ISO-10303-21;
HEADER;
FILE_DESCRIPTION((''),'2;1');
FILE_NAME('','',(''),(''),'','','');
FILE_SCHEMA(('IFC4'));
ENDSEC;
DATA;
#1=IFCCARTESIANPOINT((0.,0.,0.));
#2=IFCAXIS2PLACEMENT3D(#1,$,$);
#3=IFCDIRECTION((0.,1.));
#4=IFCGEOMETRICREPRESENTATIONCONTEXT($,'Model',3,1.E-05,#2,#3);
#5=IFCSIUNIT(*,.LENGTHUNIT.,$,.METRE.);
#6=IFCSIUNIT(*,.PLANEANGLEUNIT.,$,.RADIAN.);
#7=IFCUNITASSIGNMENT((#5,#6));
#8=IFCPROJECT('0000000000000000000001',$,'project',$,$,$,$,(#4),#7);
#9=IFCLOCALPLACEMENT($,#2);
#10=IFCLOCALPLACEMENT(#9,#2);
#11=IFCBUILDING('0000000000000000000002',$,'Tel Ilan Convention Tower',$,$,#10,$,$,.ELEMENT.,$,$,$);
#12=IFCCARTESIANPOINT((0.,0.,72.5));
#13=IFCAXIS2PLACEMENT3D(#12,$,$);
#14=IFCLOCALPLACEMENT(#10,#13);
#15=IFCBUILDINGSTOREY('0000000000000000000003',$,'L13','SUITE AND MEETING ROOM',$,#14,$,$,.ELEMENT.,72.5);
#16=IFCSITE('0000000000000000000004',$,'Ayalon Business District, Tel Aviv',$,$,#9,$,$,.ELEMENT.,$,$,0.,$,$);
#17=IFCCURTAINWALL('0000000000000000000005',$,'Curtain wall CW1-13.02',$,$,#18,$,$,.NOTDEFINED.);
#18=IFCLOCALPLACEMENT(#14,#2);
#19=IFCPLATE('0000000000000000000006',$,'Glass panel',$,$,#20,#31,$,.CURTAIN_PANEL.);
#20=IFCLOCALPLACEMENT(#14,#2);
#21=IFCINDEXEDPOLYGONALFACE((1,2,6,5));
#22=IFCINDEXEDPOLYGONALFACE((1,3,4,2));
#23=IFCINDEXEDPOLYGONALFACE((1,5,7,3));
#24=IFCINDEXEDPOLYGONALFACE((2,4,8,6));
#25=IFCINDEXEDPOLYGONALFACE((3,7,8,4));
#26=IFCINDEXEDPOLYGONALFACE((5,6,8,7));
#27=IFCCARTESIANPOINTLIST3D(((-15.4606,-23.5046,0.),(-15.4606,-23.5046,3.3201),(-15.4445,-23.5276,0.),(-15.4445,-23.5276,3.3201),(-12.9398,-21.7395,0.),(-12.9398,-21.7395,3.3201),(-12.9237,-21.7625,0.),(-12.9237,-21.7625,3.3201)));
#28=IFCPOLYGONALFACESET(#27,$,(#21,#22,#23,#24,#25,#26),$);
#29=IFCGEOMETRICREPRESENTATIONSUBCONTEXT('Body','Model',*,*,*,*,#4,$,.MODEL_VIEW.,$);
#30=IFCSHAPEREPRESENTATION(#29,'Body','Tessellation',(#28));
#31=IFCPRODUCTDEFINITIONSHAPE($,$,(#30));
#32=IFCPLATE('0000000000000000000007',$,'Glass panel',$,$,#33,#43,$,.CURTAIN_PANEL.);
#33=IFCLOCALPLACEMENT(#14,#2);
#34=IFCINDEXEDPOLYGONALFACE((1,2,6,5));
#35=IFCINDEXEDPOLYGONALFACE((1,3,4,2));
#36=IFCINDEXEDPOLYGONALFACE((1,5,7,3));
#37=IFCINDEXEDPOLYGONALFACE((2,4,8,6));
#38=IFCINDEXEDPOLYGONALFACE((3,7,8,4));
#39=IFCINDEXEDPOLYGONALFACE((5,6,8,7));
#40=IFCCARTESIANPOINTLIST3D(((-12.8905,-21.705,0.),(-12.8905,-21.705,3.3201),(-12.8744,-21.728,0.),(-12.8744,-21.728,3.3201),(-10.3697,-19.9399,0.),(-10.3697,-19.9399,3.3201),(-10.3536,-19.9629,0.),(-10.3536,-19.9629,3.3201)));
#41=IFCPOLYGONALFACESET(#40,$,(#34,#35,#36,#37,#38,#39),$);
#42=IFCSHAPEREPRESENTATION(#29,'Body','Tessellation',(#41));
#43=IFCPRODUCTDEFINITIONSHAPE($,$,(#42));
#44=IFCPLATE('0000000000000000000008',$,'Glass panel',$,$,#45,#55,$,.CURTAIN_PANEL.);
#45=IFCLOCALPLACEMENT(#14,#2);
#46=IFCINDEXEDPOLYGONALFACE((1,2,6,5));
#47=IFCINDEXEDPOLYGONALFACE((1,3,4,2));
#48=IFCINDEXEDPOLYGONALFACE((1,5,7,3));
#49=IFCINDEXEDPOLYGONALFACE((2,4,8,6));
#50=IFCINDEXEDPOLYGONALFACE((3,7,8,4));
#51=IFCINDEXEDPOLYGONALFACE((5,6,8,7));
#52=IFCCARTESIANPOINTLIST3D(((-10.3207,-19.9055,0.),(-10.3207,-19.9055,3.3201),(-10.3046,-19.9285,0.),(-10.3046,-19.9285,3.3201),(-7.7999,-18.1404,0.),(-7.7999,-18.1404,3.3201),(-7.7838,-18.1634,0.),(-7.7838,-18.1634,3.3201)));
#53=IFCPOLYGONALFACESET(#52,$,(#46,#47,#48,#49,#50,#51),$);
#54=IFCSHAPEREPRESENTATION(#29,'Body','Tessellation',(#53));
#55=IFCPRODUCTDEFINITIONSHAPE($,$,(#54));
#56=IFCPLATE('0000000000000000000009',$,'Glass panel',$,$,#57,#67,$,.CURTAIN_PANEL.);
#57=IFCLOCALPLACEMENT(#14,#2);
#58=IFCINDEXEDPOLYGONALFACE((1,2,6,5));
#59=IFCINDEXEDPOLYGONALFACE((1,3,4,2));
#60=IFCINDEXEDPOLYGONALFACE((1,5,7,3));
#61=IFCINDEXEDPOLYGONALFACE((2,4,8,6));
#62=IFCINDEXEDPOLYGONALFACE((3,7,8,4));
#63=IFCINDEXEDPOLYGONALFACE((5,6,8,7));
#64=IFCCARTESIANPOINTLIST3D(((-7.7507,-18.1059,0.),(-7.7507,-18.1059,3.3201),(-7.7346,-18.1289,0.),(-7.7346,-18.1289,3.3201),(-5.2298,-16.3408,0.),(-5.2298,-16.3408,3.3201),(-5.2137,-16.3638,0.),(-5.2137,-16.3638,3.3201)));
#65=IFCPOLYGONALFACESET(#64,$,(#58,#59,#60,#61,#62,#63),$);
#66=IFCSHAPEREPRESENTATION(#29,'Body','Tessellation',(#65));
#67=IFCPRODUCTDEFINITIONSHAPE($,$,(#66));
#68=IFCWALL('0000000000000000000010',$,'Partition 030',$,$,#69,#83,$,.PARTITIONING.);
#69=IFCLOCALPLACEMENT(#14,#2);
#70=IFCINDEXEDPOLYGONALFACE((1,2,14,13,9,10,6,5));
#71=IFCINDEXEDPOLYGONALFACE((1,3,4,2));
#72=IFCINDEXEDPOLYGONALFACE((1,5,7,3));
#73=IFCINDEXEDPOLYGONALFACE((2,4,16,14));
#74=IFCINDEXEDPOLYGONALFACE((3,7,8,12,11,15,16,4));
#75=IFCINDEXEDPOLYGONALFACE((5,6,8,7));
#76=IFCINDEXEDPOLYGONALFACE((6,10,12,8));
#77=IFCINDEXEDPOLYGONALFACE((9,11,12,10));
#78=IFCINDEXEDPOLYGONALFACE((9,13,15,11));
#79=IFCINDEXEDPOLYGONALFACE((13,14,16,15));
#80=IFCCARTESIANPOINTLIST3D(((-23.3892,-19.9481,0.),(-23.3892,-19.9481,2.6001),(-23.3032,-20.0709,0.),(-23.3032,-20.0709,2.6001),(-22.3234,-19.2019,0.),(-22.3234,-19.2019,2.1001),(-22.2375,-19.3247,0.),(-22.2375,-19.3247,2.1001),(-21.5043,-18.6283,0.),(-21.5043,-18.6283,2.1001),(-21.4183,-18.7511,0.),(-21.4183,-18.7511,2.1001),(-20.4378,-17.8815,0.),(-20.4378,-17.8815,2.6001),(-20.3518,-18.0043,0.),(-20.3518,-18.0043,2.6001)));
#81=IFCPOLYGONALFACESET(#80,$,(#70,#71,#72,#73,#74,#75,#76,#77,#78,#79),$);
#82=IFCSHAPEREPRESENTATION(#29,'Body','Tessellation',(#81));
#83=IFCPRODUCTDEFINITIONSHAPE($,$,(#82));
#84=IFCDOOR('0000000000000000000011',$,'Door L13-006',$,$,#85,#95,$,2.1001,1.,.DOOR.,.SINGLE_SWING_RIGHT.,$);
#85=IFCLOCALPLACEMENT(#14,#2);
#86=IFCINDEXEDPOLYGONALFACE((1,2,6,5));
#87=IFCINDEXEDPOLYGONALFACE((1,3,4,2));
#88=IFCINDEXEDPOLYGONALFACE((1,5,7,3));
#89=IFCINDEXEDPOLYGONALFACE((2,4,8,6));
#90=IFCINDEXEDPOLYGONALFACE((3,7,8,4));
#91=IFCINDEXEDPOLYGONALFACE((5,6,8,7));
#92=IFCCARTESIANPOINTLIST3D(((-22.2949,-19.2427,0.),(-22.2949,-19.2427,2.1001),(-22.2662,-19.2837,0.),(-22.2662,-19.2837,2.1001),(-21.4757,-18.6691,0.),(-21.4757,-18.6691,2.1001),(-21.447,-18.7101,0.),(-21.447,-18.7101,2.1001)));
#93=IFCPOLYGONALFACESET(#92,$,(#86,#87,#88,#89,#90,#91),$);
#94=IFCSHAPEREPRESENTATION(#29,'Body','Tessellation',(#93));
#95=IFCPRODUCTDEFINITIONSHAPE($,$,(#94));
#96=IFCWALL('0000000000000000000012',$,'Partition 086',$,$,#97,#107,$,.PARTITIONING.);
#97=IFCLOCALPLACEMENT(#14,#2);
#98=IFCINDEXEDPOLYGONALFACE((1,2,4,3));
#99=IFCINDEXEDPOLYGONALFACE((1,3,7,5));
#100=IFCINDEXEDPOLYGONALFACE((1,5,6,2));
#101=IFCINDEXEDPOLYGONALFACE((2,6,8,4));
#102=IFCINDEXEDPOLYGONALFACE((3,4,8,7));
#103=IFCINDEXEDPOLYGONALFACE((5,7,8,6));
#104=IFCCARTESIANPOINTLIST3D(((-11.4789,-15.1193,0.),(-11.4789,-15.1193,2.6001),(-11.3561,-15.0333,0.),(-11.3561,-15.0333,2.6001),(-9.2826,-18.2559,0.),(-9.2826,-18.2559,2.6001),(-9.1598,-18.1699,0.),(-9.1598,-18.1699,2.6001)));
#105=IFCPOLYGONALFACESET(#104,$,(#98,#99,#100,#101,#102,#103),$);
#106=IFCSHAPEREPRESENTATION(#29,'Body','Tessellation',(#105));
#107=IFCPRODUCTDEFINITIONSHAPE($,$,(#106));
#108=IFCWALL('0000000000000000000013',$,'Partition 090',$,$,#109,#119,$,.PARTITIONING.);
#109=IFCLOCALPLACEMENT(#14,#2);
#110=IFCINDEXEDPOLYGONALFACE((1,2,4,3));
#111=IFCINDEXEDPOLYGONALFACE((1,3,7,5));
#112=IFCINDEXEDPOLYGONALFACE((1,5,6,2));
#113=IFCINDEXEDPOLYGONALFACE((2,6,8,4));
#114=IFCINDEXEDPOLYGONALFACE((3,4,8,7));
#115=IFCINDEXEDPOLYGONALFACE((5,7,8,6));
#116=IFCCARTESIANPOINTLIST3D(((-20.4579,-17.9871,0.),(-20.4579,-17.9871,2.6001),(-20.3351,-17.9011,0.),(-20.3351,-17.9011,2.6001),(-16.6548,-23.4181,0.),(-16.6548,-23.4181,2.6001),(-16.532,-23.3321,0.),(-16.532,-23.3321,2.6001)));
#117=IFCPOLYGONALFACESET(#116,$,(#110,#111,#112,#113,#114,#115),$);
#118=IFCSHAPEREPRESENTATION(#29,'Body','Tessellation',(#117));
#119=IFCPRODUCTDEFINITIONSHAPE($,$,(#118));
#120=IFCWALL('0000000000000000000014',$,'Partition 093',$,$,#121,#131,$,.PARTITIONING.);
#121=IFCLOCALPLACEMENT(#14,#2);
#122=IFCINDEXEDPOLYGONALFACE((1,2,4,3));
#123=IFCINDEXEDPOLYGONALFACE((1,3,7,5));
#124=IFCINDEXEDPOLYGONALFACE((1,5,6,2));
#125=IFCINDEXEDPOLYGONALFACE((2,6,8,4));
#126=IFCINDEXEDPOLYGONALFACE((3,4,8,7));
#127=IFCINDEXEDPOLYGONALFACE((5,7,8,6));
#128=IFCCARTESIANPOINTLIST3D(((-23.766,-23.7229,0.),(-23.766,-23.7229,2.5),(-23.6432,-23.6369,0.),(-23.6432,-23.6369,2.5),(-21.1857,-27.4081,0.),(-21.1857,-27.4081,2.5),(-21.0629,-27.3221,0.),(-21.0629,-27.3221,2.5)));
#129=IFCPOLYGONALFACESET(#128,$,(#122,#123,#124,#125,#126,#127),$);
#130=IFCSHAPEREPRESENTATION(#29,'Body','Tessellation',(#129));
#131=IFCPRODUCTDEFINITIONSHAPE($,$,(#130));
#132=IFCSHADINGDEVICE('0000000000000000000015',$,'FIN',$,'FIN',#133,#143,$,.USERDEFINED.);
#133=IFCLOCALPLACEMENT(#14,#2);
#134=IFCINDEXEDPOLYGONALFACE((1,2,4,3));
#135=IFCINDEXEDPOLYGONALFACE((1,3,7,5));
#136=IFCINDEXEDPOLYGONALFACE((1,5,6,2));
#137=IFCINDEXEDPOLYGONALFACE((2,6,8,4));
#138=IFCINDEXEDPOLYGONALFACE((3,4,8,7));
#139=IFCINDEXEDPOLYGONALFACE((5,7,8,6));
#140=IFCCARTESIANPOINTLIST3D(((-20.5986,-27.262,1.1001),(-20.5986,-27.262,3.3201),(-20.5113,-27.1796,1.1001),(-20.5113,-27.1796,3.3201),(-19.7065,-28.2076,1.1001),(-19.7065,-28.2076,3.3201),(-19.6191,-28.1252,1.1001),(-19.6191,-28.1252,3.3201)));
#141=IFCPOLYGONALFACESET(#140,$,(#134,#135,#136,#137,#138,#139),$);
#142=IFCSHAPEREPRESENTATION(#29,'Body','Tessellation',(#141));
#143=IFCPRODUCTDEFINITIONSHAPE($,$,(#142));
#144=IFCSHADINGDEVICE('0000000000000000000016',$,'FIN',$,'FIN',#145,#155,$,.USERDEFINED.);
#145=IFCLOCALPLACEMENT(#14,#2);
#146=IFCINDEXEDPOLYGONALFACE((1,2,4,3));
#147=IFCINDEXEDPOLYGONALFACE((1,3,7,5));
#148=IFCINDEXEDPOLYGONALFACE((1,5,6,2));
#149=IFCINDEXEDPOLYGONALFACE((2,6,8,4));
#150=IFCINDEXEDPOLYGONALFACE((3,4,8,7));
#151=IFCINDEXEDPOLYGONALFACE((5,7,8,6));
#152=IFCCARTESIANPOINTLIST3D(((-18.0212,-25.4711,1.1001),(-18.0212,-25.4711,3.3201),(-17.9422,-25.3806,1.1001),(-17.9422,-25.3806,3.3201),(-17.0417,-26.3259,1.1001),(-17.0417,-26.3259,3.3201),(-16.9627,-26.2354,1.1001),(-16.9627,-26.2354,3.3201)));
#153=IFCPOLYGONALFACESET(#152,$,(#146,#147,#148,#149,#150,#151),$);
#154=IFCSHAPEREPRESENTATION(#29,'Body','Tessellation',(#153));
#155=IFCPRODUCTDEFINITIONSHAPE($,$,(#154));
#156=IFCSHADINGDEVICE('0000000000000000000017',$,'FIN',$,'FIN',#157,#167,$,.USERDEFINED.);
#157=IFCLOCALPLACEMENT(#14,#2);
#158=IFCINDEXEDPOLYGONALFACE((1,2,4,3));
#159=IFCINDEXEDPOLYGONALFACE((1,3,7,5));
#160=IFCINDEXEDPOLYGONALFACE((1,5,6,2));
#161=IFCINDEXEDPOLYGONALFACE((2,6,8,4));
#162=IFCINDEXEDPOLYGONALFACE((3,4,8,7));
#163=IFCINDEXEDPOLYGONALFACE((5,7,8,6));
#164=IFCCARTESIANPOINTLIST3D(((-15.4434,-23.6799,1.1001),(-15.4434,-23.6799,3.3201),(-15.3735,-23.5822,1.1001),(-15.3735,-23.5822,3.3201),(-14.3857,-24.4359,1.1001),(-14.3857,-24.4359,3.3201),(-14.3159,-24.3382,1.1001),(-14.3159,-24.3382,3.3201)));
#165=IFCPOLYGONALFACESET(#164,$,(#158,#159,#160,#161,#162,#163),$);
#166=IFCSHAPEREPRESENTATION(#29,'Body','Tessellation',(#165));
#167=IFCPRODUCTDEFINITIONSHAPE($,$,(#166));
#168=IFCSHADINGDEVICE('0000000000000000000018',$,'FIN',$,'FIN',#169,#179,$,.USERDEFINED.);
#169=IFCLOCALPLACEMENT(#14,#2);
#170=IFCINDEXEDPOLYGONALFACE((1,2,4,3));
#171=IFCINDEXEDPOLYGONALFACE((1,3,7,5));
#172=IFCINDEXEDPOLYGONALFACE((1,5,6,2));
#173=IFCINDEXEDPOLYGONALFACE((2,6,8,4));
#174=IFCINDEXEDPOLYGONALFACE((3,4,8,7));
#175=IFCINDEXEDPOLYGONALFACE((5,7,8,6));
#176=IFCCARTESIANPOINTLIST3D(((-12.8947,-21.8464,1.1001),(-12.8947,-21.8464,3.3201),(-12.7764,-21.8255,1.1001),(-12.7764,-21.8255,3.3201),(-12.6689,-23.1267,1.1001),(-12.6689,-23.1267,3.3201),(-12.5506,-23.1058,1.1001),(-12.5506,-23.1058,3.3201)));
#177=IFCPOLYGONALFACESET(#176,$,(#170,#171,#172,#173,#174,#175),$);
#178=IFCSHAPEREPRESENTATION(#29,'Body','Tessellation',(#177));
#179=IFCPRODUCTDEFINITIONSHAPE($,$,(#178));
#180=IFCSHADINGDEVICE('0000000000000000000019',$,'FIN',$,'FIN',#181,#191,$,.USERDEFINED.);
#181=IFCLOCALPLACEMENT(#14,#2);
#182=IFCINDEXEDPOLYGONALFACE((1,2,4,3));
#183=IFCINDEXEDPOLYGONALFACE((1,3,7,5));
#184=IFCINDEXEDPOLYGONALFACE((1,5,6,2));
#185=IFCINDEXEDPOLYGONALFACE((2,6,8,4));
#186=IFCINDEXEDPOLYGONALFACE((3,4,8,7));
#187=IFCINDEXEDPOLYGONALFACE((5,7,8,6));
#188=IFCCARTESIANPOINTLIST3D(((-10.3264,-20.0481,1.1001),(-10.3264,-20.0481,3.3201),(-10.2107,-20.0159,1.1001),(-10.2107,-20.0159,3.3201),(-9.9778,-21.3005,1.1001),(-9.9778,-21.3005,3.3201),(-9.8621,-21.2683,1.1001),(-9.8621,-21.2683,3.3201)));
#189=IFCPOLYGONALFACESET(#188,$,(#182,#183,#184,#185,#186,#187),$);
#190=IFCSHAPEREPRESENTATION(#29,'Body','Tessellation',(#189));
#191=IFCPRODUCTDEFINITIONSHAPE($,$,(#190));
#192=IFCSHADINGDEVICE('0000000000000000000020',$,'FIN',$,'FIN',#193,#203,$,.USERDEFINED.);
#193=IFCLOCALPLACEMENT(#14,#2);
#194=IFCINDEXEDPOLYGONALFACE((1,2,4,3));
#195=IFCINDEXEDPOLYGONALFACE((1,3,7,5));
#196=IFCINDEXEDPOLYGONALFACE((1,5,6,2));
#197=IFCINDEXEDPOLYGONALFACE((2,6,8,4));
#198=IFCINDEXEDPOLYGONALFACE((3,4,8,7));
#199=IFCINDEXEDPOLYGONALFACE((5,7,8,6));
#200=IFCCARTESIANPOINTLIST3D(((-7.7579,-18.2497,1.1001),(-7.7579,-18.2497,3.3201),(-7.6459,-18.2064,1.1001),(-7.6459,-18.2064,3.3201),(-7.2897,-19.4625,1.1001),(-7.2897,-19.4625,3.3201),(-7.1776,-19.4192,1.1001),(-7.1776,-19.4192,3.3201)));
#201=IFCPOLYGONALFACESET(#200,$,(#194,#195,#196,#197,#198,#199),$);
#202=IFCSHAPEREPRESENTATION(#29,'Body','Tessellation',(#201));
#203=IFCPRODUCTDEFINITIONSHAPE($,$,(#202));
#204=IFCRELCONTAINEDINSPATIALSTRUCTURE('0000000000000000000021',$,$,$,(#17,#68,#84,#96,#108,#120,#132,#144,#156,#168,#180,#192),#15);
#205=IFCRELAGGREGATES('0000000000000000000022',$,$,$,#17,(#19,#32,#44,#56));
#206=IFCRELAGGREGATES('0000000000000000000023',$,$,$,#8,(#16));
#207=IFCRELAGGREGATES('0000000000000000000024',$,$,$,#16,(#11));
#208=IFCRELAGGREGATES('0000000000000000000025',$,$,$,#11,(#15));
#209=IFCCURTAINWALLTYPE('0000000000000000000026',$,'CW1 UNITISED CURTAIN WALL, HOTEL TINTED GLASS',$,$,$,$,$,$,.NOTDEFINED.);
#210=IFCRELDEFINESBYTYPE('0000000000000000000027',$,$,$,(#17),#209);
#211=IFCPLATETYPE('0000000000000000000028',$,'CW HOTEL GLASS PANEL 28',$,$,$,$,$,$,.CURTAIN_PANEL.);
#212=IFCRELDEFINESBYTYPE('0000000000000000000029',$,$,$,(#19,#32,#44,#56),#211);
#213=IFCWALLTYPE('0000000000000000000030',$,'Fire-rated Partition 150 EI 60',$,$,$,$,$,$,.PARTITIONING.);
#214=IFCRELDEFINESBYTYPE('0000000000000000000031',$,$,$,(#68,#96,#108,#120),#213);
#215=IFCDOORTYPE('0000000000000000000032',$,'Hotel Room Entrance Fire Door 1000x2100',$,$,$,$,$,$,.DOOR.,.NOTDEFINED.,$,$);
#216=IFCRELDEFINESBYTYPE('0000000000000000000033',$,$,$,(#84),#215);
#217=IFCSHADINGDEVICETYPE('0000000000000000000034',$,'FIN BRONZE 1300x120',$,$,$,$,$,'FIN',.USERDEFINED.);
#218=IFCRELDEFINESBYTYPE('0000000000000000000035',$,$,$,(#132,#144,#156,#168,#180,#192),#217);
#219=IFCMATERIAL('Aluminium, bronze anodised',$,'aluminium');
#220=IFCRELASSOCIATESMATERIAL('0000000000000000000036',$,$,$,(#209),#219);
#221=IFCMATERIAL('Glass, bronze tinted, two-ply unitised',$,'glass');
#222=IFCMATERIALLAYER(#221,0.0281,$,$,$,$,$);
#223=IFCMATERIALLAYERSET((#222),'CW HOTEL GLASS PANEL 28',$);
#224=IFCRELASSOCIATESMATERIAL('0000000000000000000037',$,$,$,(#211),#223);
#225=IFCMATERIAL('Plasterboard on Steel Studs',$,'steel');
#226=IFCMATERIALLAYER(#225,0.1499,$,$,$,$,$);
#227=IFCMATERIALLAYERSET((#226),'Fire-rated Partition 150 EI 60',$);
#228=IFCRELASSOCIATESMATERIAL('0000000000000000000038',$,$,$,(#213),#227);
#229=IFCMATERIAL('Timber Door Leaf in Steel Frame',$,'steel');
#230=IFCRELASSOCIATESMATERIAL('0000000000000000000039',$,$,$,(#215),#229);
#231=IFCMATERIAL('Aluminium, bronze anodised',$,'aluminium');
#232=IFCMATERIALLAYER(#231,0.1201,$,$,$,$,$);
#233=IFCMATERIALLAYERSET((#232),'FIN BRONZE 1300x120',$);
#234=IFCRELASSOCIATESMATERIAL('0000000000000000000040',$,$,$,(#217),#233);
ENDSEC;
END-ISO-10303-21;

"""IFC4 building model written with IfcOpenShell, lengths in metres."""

from ifc_helpers import new_model, si_unit, direction, frame, frame_2d, origin, origin_2d, place, context, subcontext, project, spatial, rectangle, extrude, material, layer, layer_set, type_object, element, fill, aggregate, save


model = new_model("IFC4")

# Units and contexts
model_context = context("Model", 3, precision=1e-05, world=origin(), true_north=direction((0.0, 1.0)))
body_context = subcontext(model_context, "Body", "Model", "MODEL_VIEW")
ifc_project = project(units=[si_unit("LENGTHUNIT", "METRE"), si_unit("PLANEANGLEUNIT", "RADIAN")], contexts=[model_context])

# Site, building, storey
site_placement = place(None, origin())
site = spatial("IfcSite", under=ifc_project, at=site_placement, Name="Ayalon Business District, Tel Aviv", CompositionType="ELEMENT", RefElevation=0.0)
building_placement = place(site_placement, origin())
building = spatial("IfcBuilding", under=site, at=building_placement, Name="Tel Ilan Convention Tower", CompositionType="ELEMENT")
storey_placement = place(building_placement, frame((0.0, 0.0, 72.5)))
storey = spatial("IfcBuildingStorey", under=building, at=storey_placement, Name="L13", Description="SUITE AND MEETING ROOM", CompositionType="ELEMENT", Elevation=72.5)

# Curtain wall, plates
ifc_material_1 = material(Name="Aluminium, bronze anodised", Category="aluminium")
curtain_wall_type = type_object("IfcCurtainWallType", Name="CW1 UNITISED CURTAIN WALL, HOTEL TINTED GLASS", PredefinedType="NOTDEFINED", material=ifc_material_1)
curtain_wall_placement = place(storey_placement, origin())
curtain_wall = element("IfcCurtainWall", 1, at=curtain_wall_placement, inside=storey, type_object=curtain_wall_type, Name="Curtain wall CW1-13.02", PredefinedType="NOTDEFINED")
ifc_material_2 = material(Name="Glass, bronze tinted, two-ply unitised", Category="glass")
ifc_layer_1 = layer(ifc_material_2, 0.0281)
ifc_layer_set_1 = layer_set([ifc_layer_1], Name="CW HOTEL GLASS PANEL 28")
plate_type = type_object("IfcPlateType", Name="CW HOTEL GLASS PANEL 28", PredefinedType="CURTAIN_PANEL", material=ifc_layer_set_1)
plate_1_placement = place(storey_placement, frame((-14.1921, -22.6335, 0.0), z_axis=(0.0, 0.0, 1.0), x_axis=(0.819152, 0.573576, 0.0)))
plate_1 = element("IfcPlate", 2, at=plate_1_placement, type_object=plate_type, Name="Glass panel", PredefinedType="CURTAIN_PANEL", context=body_context, shape_type="SweptSolid", body=[
    extrude(rectangle(XDim=3.0774, YDim=0.0281, at=origin_2d()), origin(), (0.0, 0.0, 1.0), 3.3201),
])
plate_2_placement = place(storey_placement, frame((-11.6221, -20.834, 0.0), z_axis=(0.0, 0.0, 1.0), x_axis=(0.819152, 0.573576, 0.0)))
plate_2 = element("IfcPlate", 3, at=plate_2_placement, type_object=plate_type, Name="Glass panel", PredefinedType="CURTAIN_PANEL", context=body_context, shape_type="SweptSolid", body=[
    extrude(rectangle(XDim=3.0774, YDim=0.0281, at=origin_2d()), origin(), (0.0, 0.0, 1.0), 3.3201),
])
plate_3_placement = place(storey_placement, frame((-9.0522, -19.0344, 0.0), z_axis=(0.0, 0.0, 1.0), x_axis=(0.819152, 0.573576, 0.0)))
plate_3 = element("IfcPlate", 4, at=plate_3_placement, type_object=plate_type, Name="Glass panel", PredefinedType="CURTAIN_PANEL", context=body_context, shape_type="SweptSolid", body=[
    extrude(rectangle(XDim=3.0774, YDim=0.0281, at=origin_2d()), origin(), (0.0, 0.0, 1.0), 3.3201),
])
plate_4_placement = place(storey_placement, frame((-6.4822, -17.2349, 0.0), z_axis=(0.0, 0.0, 1.0), x_axis=(0.819152, 0.573576, 0.0)))
plate_4 = element("IfcPlate", 5, at=plate_4_placement, type_object=plate_type, Name="Glass panel", PredefinedType="CURTAIN_PANEL", context=body_context, shape_type="SweptSolid", body=[
    extrude(rectangle(XDim=3.0774, YDim=0.0281, at=origin_2d()), origin(), (0.0, 0.0, 1.0), 3.3201),
])
aggregate(curtain_wall, [plate_1, plate_2, plate_3, plate_4])

# Wall, opening, door
ifc_material_3 = material(Name="Plasterboard on Steel Studs", Category="steel")
ifc_layer_2 = layer(ifc_material_3, 0.1499)
ifc_layer_set_2 = layer_set([ifc_layer_2], Name="Fire-rated Partition 150 EI 60")
wall_type = type_object("IfcWallType", Name="Fire-rated Partition 150 EI 60", PredefinedType="PARTITIONING", material=ifc_layer_set_2)
wall_1_placement = place(storey_placement, frame((-20.3948, -17.9429, 0.0), z_axis=(0.0, 0.0, 1.0), x_axis=(-0.819146, -0.573585, 0.0)))
wall_1 = element("IfcWall", 6, at=wall_1_placement, inside=storey, type_object=wall_type, Name="Partition 030", PredefinedType="PARTITIONING", context=body_context, shape_type="SweptSolid", body=[
    extrude(rectangle(XDim=3.603, YDim=0.1499, at=frame_2d((1.8015, 0.0))), origin(), (0.0, 0.0, 1.0), 2.6001),
])
opening_placement = place(wall_1_placement, frame((1.302, 0.0, 0.0)))
opening = element("IfcOpeningElement", 7, at=opening_placement, cuts=wall_1, PredefinedType="OPENING", context=body_context, shape_type="SweptSolid", body=[
    extrude(rectangle(XDim=1.0, YDim=2.1001, at=frame_2d((0.5, 1.05))), frame((0.0, 0.085, 0.0), z_axis=(0.0, -1.0, 0.0), x_axis=(1.0, 0.0, 0.0)), (0.0, 0.0, 1.0), 0.1699),
])
ifc_material_4 = material(Name="Timber Door Leaf in Steel Frame", Category="steel")
door_type = type_object("IfcDoorType", Name="Hotel Room Entrance Fire Door 1000x2100", OperationType="NOTDEFINED", PredefinedType="DOOR", material=ifc_material_4)
door_placement = place(opening_placement, origin())
door = element("IfcDoor", 8, at=door_placement, inside=storey, type_object=door_type, Name="Door L13-006", OperationType="SINGLE_SWING_RIGHT", OverallHeight=2.1001, OverallWidth=1.0, PredefinedType="DOOR", context=body_context, shape_type="SweptSolid", body=[
    extrude(rectangle(XDim=1.0, YDim=2.1001, at=frame_2d((0.5, 1.05))), frame((0.0, 0.0249, 0.0), z_axis=(0.0, -1.0, 0.0), x_axis=(1.0, 0.0, 0.0)), (0.0, 0.0, 1.0), 0.05),
])
fill(opening, door)

# Walls
wall_2_placement = place(storey_placement, frame((-9.2212, -18.2129, 0.0), z_axis=(0.0, 0.0, 1.0), x_axis=(-0.573595, 0.819139, 0.0)))
element("IfcWall", 9, at=wall_2_placement, inside=storey, type_object=wall_type, Name="Partition 086", PredefinedType="PARTITIONING", context=body_context, shape_type="SweptSolid", body=[
    extrude(rectangle(XDim=3.8291, YDim=0.1499, at=frame_2d((1.9146, 0.0))), origin(), (0.0, 0.0, 1.0), 2.6001),
])
wall_3_placement = place(storey_placement, frame((-16.5935, -23.375, 0.0), z_axis=(0.0, 0.0, 1.0), x_axis=(-0.573598, 0.819137, 0.0)))
element("IfcWall", 10, at=wall_3_placement, inside=storey, type_object=wall_type, Name="Partition 090", PredefinedType="PARTITIONING", context=body_context, shape_type="SweptSolid", body=[
    extrude(rectangle(XDim=6.6301, YDim=0.1499, at=frame_2d((3.3149, 0.0))), origin(), (0.0, 0.0, 1.0), 2.6001),
])
wall_4_placement = place(storey_placement, frame((-21.1243, -27.3652, 0.0), z_axis=(0.0, 0.0, 1.0), x_axis=(-0.573553, 0.819168, 0.0)))
element("IfcWall", 11, at=wall_4_placement, inside=storey, type_object=wall_type, Name="Partition 093", PredefinedType="PARTITIONING", context=body_context, shape_type="SweptSolid", body=[
    extrude(rectangle(XDim=4.4988, YDim=0.1499, at=frame_2d((2.2495, 0.0))), origin(), (0.0, 0.0, 1.0), 2.5),
])

# Shading devices
ifc_material_5 = material(Name="Aluminium, bronze anodised", Category="aluminium")
ifc_layer_3 = layer(ifc_material_5, 0.1201)
ifc_layer_set_3 = layer_set([ifc_layer_3], Name="FIN BRONZE 1300x120")
shading_device_type = type_object("IfcShadingDeviceType", Name="FIN BRONZE 1300x120", ElementType="FIN", PredefinedType="USERDEFINED", material=ifc_layer_set_3)
for number, where, z_axis, x_axis, name in (
    (12, (-20.1089, -27.6936, 1.1001), (0.0, 0.0, 1.0), (0.686242, -0.727374, 0.0), "FIN"),
    (13, (-17.4919, -25.8533, 1.1001), (0.0, 0.0, 1.0), (0.753436, -0.657521, 0.0), "FIN"),
    (14, (-14.8796, -24.009, 1.1001), (0.0, 0.0, 1.0), (0.813552, -0.581492, 0.0), "FIN"),
    (15, (-12.7227, -22.4761, 1.1001), (0.0, 0.0, 1.0), (0.173648, -0.984808, 0.0), "FIN"),
    (16, (-10.0942, -20.6582, 1.1001), (0.0, 0.0, 1.0), (0.268173, -0.963371, 0.0), "FIN"),
    (17, (-7.4678, -18.8345, 1.1001), (0.0, 0.0, 1.0), (0.360178, -0.932884, 0.0), "FIN"),
):
    element("IfcShadingDevice", number, at=place(storey_placement, frame(where, z_axis=z_axis, x_axis=x_axis)), inside=storey, type_object=shading_device_type, Name=name, ObjectType="FIN", PredefinedType="USERDEFINED", context=body_context, shape_type="SweptSolid", body=[
        extrude(rectangle(XDim=1.3, YDim=0.1201, at=origin_2d()), origin(), (0.0, 0.0, 1.0), 2.22),
    ])

save(model, "model.ifc")
